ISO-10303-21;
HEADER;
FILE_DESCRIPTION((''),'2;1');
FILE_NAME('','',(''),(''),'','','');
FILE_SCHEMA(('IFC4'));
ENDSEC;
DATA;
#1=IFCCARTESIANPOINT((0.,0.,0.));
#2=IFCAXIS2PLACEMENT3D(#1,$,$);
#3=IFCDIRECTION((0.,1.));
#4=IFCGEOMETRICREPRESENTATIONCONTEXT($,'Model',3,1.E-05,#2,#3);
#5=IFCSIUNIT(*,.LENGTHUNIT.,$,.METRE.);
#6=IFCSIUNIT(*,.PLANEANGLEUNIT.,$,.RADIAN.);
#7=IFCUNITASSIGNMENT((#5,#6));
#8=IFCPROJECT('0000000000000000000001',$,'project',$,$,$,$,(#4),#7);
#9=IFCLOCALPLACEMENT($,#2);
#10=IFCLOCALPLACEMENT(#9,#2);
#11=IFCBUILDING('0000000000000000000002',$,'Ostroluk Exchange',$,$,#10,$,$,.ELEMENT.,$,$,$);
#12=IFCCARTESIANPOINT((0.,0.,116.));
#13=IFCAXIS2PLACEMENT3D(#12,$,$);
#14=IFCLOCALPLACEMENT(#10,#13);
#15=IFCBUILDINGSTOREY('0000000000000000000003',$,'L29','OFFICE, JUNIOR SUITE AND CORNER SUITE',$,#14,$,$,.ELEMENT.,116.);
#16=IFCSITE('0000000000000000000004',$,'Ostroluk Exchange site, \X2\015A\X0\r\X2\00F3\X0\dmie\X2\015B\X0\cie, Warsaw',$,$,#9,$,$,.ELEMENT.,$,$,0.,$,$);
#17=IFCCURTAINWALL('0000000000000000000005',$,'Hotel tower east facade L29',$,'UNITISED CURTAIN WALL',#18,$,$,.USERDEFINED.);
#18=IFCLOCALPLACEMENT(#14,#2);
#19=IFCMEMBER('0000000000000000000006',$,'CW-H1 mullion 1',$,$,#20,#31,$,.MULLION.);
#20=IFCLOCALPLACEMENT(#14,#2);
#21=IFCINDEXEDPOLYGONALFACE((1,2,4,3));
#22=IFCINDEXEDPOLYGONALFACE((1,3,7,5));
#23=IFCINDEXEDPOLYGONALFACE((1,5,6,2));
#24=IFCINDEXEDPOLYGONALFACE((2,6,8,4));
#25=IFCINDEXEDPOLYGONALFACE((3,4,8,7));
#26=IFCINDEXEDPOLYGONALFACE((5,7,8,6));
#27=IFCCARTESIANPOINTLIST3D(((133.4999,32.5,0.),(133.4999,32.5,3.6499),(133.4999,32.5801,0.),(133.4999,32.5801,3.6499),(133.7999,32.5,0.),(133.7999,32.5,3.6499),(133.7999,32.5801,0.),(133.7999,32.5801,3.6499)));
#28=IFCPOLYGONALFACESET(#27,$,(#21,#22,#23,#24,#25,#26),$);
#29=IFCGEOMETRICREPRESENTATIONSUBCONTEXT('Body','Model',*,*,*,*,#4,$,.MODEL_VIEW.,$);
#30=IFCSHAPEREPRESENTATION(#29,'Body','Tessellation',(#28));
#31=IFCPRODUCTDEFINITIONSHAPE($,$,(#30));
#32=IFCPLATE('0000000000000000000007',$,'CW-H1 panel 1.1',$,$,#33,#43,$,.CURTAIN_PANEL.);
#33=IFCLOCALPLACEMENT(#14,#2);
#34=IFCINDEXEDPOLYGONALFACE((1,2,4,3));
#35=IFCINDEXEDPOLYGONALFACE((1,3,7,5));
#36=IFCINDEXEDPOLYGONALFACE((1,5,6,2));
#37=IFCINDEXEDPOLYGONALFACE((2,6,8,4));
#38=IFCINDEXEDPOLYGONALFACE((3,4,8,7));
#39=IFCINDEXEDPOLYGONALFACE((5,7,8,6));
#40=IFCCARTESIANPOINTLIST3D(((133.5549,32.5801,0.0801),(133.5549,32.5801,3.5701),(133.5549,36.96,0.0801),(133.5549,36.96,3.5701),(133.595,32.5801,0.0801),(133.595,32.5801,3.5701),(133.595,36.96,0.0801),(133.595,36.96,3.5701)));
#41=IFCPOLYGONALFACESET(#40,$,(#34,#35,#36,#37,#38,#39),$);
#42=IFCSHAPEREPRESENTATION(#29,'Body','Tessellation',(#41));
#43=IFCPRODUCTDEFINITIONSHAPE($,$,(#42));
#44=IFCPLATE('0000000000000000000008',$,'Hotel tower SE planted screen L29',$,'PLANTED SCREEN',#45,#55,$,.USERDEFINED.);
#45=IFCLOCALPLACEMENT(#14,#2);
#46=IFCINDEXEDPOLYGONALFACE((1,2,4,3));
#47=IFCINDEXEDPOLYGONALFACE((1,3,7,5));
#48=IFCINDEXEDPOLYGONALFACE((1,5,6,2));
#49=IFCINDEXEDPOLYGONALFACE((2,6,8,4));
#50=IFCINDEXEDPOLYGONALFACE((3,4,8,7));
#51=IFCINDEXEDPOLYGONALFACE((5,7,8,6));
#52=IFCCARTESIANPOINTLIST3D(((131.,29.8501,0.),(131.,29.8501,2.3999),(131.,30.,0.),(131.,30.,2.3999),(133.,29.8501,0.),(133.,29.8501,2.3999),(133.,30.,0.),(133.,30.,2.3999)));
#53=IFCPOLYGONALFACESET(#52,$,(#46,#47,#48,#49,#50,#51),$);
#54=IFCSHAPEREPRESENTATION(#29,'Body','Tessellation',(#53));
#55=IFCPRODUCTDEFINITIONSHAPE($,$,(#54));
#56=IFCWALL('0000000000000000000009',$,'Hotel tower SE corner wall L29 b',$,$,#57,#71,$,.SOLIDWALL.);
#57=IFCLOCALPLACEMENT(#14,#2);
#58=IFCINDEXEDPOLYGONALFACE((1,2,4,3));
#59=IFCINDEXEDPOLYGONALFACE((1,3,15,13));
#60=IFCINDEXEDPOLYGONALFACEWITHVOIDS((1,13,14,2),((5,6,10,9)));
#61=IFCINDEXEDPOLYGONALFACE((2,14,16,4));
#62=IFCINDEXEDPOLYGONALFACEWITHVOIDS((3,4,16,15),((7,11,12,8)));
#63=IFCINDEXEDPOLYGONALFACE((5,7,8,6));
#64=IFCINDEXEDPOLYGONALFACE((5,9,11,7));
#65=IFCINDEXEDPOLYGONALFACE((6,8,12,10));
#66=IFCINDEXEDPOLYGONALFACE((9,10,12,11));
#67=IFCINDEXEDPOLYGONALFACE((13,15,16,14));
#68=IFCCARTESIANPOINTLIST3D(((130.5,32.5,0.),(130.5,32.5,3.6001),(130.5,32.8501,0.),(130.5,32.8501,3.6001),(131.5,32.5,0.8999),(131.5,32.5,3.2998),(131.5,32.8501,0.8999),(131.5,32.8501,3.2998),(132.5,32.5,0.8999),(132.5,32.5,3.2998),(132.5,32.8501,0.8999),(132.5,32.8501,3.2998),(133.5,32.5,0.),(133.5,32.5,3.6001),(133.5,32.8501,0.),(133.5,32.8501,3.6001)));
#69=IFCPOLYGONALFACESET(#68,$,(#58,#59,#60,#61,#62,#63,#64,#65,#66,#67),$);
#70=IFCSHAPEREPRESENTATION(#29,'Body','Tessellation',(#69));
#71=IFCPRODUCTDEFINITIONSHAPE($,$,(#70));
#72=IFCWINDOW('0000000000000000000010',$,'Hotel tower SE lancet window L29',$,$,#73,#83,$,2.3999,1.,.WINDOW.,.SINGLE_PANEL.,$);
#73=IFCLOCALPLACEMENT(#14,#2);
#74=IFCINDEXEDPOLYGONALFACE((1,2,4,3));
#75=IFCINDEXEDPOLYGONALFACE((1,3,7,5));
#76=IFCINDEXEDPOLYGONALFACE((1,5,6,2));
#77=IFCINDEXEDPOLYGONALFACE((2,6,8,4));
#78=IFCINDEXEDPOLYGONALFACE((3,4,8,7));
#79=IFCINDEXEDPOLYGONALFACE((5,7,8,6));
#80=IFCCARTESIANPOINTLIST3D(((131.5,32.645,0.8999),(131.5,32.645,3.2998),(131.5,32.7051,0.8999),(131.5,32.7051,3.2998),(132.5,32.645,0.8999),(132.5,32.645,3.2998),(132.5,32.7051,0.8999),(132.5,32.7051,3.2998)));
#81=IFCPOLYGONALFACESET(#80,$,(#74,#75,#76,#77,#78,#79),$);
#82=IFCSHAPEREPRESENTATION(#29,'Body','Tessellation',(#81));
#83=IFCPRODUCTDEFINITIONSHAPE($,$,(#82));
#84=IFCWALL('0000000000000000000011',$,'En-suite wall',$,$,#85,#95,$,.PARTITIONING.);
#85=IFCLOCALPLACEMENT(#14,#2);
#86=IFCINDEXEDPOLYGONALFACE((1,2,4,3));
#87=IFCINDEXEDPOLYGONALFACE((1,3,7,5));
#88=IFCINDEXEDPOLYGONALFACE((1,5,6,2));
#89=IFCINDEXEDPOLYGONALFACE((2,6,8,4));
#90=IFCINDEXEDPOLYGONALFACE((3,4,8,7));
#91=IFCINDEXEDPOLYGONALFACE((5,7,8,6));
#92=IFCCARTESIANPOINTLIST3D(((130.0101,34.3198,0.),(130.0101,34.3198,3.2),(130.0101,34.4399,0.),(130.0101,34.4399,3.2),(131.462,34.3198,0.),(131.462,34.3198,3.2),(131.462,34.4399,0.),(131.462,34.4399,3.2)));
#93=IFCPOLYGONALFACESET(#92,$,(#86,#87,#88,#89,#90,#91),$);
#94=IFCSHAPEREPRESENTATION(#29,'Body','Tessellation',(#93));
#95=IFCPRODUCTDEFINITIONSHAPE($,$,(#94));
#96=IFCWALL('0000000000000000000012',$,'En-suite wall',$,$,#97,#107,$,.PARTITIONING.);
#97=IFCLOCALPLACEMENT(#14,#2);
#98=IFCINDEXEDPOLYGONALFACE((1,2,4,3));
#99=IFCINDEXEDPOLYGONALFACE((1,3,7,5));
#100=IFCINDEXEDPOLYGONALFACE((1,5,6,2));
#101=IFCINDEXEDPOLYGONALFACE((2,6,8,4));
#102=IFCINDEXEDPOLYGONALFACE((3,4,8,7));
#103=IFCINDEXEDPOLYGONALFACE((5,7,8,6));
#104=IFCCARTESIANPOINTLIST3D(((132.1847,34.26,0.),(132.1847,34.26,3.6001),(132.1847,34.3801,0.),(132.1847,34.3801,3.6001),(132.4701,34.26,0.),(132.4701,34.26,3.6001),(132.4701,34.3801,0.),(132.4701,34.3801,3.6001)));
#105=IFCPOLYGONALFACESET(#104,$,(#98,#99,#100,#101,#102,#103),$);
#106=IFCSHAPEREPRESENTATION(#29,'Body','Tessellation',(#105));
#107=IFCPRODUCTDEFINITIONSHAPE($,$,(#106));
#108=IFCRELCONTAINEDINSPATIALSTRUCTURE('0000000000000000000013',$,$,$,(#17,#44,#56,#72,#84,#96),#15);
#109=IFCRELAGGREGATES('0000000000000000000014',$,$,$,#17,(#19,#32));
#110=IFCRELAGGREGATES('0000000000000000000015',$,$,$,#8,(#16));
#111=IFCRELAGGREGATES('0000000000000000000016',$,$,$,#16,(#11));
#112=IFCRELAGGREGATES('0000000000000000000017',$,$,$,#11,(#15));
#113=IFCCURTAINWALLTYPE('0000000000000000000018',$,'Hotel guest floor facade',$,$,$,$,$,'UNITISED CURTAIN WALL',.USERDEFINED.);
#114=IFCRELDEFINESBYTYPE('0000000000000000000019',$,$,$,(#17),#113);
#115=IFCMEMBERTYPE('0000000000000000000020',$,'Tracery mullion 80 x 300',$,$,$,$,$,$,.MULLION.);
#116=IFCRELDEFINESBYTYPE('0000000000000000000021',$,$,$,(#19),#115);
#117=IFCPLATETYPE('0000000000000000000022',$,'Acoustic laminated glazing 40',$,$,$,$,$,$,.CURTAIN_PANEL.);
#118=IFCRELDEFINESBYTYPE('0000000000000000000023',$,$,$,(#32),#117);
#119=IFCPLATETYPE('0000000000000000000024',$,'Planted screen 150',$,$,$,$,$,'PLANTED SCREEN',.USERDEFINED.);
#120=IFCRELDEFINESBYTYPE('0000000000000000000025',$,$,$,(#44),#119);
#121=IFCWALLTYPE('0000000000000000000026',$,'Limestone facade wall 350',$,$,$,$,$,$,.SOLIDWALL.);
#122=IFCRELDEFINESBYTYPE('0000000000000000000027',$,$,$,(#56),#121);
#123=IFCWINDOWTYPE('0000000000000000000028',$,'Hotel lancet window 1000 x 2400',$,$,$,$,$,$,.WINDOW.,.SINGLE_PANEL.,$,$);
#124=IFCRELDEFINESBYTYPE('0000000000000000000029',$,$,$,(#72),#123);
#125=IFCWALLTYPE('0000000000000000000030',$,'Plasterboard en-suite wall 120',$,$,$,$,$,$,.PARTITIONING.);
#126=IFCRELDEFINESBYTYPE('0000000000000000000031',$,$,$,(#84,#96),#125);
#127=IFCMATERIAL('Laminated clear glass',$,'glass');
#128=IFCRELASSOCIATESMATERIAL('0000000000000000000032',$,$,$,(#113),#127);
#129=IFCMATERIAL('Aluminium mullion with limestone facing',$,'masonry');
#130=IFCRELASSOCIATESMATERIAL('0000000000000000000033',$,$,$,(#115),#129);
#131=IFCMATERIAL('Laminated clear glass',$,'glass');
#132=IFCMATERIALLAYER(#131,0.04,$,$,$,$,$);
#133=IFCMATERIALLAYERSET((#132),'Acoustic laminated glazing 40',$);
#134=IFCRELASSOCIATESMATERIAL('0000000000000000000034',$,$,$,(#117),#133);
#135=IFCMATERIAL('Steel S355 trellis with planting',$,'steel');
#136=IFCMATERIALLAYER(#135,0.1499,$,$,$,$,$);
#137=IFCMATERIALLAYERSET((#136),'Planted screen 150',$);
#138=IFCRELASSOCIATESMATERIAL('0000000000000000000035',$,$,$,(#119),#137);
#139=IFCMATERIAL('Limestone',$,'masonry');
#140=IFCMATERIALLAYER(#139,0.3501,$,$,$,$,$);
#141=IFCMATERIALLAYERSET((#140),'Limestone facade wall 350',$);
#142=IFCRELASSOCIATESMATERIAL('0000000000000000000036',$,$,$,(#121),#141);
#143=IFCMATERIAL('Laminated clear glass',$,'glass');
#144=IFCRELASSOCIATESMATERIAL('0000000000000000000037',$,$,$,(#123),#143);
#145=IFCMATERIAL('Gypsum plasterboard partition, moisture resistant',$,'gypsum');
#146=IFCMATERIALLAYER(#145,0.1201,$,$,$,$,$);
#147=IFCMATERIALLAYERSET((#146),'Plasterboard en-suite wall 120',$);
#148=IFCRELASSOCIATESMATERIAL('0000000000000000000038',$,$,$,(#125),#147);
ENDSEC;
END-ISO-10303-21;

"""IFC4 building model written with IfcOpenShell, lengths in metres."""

from ifc_helpers import new_model, si_unit, direction, frame, frame_2d, origin, origin_2d, place, context, subcontext, project, spatial, rectangle, extrude, material, layer, layer_set, material_profile, profile_set, type_object, element, fill, aggregate, save


model = new_model("IFC4")

# Units and contexts
model_context = context("Model", 3, precision=1e-05, world=origin(), true_north=direction((0.0, 1.0)))
body_context = subcontext(model_context, "Body", "Model", "MODEL_VIEW")
ifc_project = project(units=[si_unit("LENGTHUNIT", "METRE"), si_unit("PLANEANGLEUNIT", "RADIAN")], contexts=[model_context])

# Site, building, storey
site_placement = place(None, origin())
site = spatial("IfcSite", under=ifc_project, at=site_placement, Name="Ostroluk Exchange site, Śródmieście, Warsaw", CompositionType="ELEMENT", RefElevation=0.0)
building_placement = place(site_placement, origin())
building = spatial("IfcBuilding", under=site, at=building_placement, Name="Ostroluk Exchange", CompositionType="ELEMENT")
storey_placement = place(building_placement, frame((0.0, 0.0, 116.0)))
storey = spatial("IfcBuildingStorey", under=building, at=storey_placement, Name="L29", Description="OFFICE, JUNIOR SUITE AND CORNER SUITE", CompositionType="ELEMENT", Elevation=116.0)

# Curtain wall
ifc_material_1 = material(Name="Laminated clear glass", Category="glass")
curtain_wall_type = type_object("IfcCurtainWallType", Name="Hotel guest floor facade", ElementType="UNITISED CURTAIN WALL", PredefinedType="USERDEFINED", material=ifc_material_1)
curtain_wall_1_placement = place(storey_placement, origin())
curtain_wall_1 = element("IfcCurtainWall", 1, at=curtain_wall_1_placement, inside=storey, type_object=curtain_wall_type, Name="Hotel tower east facade L29", ObjectType="UNITISED CURTAIN WALL", PredefinedType="USERDEFINED")

# Shared definitions
ifc_material_2 = material(Name="Aluminium mullion with limestone facing", Category="masonry")
ifc_material_profile_1 = material_profile(ifc_material_2, rectangle(XDim=0.3, YDim=0.0801, at=origin_2d()), Name="Tracery mullion 80 x 300")
ifc_profile_set_1 = profile_set([ifc_material_profile_1], Name="Aluminium mullion with limestone facing")
member_type_1 = type_object("IfcMemberType", Name="Tracery mullion 80 x 300", PredefinedType="MULLION", material=ifc_profile_set_1)

# Member
member_1_placement = place(storey_placement, frame((133.6499, 32.54, 0.0), z_axis=(0.0, 0.0, 1.0), x_axis=(-1.0, 0.0, 0.0)))
member_1 = element("IfcMember", 2, at=member_1_placement, type_object=member_type_1, Name="CW-H1 mullion 1", PredefinedType="MULLION", context=body_context, shape_type="SweptSolid", body=[
    extrude(rectangle(XDim=0.3, YDim=0.0801, at=origin_2d()), origin(), (0.0, 0.0, 1.0), 3.6499),
])

# Plates
ifc_material_3 = material(Name="Laminated clear glass", Category="glass")
ifc_layer_1 = layer(ifc_material_3, 0.04)
ifc_layer_set_1 = layer_set([ifc_layer_1], Name="Acoustic laminated glazing 40")
plate_type_1 = type_object("IfcPlateType", Name="Acoustic laminated glazing 40", PredefinedType="CURTAIN_PANEL", material=ifc_layer_set_1)
plate_1_placement = place(storey_placement, frame((133.575, 34.77, 0.0801), z_axis=(0.0, 0.0, 1.0), x_axis=(0.0, 1.0, 0.0)))
plate_1 = element("IfcPlate", 3, at=plate_1_placement, type_object=plate_type_1, Name="CW-H1 panel 1.1", PredefinedType="CURTAIN_PANEL", context=body_context, shape_type="SweptSolid", body=[
    extrude(rectangle(XDim=4.3799, YDim=0.04, at=origin_2d()), origin(), (0.0, 0.0, 1.0), 3.49),
])
aggregate(curtain_wall_1, [member_1, plate_1])
ifc_material_4 = material(Name="Steel S355 trellis with planting", Category="steel")
ifc_layer_2 = layer(ifc_material_4, 0.1499)
ifc_layer_set_2 = layer_set([ifc_layer_2], Name="Planted screen 150")
plate_type_2 = type_object("IfcPlateType", Name="Planted screen 150", ElementType="PLANTED SCREEN", PredefinedType="USERDEFINED", material=ifc_layer_set_2)
plate_2_placement = place(storey_placement, frame((132.0, 29.925, 0.0), z_axis=(0.0, 0.0, 1.0), x_axis=(1.0, 0.0, 0.0)))
element("IfcPlate", 4, at=plate_2_placement, inside=storey, type_object=plate_type_2, Name="Hotel tower SE planted screen L29", ObjectType="PLANTED SCREEN", PredefinedType="USERDEFINED", context=body_context, shape_type="SweptSolid", body=[
    extrude(rectangle(XDim=2.0, YDim=0.1499, at=origin_2d()), origin(), (0.0, 0.0, 1.0), 2.3999),
])

# Shared definitions
ifc_material_5 = material(Name="Limestone", Category="masonry")
ifc_layer_3 = layer(ifc_material_5, 0.3501)
ifc_layer_set_3 = layer_set([ifc_layer_3], Name="Limestone facade wall 350")
wall_type_1 = type_object("IfcWallType", Name="Limestone facade wall 350", PredefinedType="SOLIDWALL", material=ifc_layer_set_3)

# Wall, opening, window
wall_1_placement = place(storey_placement, frame((130.5, 32.675, 0.0), z_axis=(0.0, 0.0, 1.0), x_axis=(1.0, 0.0, 0.0)))
wall_1 = element("IfcWall", 5, at=wall_1_placement, inside=storey, type_object=wall_type_1, Name="Hotel tower SE corner wall L29 b", PredefinedType="SOLIDWALL", context=body_context, shape_type="SweptSolid", body=[
    extrude(rectangle(XDim=3.0, YDim=0.3501, at=frame_2d((1.5, 0.0))), origin(), (0.0, 0.0, 1.0), 3.6001),
])
opening_1_placement = place(wall_1_placement, frame((1.0, 0.0, 0.8999)))
opening_1 = element("IfcOpeningElement", 6, at=opening_1_placement, cuts=wall_1, PredefinedType="OPENING", context=body_context, shape_type="SweptSolid", body=[
    extrude(rectangle(XDim=1.0, YDim=2.3999, at=frame_2d((0.5, 1.2))), frame((0.0, 0.1851, 0.0), z_axis=(0.0, -1.0, 0.0), x_axis=(1.0, 0.0, 0.0)), (0.0, 0.0, 1.0), 0.3701),
])
ifc_material_6 = material(Name="Laminated clear glass", Category="glass")
window_type = type_object("IfcWindowType", Name="Hotel lancet window 1000 x 2400", PartitioningType="SINGLE_PANEL", PredefinedType="WINDOW", material=ifc_material_6)
window_placement = place(opening_1_placement, origin())
window = element("IfcWindow", 7, at=window_placement, inside=storey, type_object=window_type, Name="Hotel tower SE lancet window L29", OverallHeight=2.3999, OverallWidth=1.0, PartitioningType="SINGLE_PANEL", PredefinedType="WINDOW", context=body_context, shape_type="SweptSolid", body=[
    extrude(rectangle(XDim=1.0, YDim=2.3999, at=frame_2d((0.5, 1.2))), frame((0.0, 0.03, 0.0), z_axis=(0.0, -1.0, 0.0), x_axis=(1.0, 0.0, 0.0)), (0.0, 0.0, 1.0), 0.0601),
])
fill(opening_1, window)

# Walls
ifc_material_7 = material(Name="Gypsum plasterboard partition, moisture resistant", Category="gypsum")
ifc_layer_4 = layer(ifc_material_7, 0.1201)
ifc_layer_set_4 = layer_set([ifc_layer_4], Name="Plasterboard en-suite wall 120")
wall_type_2 = type_object("IfcWallType", Name="Plasterboard en-suite wall 120", PredefinedType="PARTITIONING", material=ifc_layer_set_4)
wall_2_placement = place(storey_placement, frame((130.01, 34.3799, 0.0), z_axis=(0.0, 0.0, 1.0), x_axis=(1.0, 0.0, 0.0)))
element("IfcWall", 8, at=wall_2_placement, inside=storey, type_object=wall_type_2, Name="En-suite wall", PredefinedType="PARTITIONING", context=body_context, shape_type="SweptSolid", body=[
    extrude(rectangle(XDim=1.4519, YDim=0.1201, at=frame_2d((0.7261, 0.0))), origin(), (0.0, 0.0, 1.0), 3.2),
])
wall_3_placement = place(storey_placement, frame((132.47, 34.3201, 0.0), z_axis=(0.0, 0.0, 1.0), x_axis=(-1.0, 0.0, 0.0)))
element("IfcWall", 9, at=wall_3_placement, inside=storey, type_object=wall_type_2, Name="En-suite wall", PredefinedType="PARTITIONING", context=body_context, shape_type="SweptSolid", body=[
    extrude(rectangle(XDim=0.2854, YDim=0.1201, at=frame_2d((0.1426, 0.0))), origin(), (0.0, 0.0, 1.0), 3.6001),
])

save(model, "model.ifc")
